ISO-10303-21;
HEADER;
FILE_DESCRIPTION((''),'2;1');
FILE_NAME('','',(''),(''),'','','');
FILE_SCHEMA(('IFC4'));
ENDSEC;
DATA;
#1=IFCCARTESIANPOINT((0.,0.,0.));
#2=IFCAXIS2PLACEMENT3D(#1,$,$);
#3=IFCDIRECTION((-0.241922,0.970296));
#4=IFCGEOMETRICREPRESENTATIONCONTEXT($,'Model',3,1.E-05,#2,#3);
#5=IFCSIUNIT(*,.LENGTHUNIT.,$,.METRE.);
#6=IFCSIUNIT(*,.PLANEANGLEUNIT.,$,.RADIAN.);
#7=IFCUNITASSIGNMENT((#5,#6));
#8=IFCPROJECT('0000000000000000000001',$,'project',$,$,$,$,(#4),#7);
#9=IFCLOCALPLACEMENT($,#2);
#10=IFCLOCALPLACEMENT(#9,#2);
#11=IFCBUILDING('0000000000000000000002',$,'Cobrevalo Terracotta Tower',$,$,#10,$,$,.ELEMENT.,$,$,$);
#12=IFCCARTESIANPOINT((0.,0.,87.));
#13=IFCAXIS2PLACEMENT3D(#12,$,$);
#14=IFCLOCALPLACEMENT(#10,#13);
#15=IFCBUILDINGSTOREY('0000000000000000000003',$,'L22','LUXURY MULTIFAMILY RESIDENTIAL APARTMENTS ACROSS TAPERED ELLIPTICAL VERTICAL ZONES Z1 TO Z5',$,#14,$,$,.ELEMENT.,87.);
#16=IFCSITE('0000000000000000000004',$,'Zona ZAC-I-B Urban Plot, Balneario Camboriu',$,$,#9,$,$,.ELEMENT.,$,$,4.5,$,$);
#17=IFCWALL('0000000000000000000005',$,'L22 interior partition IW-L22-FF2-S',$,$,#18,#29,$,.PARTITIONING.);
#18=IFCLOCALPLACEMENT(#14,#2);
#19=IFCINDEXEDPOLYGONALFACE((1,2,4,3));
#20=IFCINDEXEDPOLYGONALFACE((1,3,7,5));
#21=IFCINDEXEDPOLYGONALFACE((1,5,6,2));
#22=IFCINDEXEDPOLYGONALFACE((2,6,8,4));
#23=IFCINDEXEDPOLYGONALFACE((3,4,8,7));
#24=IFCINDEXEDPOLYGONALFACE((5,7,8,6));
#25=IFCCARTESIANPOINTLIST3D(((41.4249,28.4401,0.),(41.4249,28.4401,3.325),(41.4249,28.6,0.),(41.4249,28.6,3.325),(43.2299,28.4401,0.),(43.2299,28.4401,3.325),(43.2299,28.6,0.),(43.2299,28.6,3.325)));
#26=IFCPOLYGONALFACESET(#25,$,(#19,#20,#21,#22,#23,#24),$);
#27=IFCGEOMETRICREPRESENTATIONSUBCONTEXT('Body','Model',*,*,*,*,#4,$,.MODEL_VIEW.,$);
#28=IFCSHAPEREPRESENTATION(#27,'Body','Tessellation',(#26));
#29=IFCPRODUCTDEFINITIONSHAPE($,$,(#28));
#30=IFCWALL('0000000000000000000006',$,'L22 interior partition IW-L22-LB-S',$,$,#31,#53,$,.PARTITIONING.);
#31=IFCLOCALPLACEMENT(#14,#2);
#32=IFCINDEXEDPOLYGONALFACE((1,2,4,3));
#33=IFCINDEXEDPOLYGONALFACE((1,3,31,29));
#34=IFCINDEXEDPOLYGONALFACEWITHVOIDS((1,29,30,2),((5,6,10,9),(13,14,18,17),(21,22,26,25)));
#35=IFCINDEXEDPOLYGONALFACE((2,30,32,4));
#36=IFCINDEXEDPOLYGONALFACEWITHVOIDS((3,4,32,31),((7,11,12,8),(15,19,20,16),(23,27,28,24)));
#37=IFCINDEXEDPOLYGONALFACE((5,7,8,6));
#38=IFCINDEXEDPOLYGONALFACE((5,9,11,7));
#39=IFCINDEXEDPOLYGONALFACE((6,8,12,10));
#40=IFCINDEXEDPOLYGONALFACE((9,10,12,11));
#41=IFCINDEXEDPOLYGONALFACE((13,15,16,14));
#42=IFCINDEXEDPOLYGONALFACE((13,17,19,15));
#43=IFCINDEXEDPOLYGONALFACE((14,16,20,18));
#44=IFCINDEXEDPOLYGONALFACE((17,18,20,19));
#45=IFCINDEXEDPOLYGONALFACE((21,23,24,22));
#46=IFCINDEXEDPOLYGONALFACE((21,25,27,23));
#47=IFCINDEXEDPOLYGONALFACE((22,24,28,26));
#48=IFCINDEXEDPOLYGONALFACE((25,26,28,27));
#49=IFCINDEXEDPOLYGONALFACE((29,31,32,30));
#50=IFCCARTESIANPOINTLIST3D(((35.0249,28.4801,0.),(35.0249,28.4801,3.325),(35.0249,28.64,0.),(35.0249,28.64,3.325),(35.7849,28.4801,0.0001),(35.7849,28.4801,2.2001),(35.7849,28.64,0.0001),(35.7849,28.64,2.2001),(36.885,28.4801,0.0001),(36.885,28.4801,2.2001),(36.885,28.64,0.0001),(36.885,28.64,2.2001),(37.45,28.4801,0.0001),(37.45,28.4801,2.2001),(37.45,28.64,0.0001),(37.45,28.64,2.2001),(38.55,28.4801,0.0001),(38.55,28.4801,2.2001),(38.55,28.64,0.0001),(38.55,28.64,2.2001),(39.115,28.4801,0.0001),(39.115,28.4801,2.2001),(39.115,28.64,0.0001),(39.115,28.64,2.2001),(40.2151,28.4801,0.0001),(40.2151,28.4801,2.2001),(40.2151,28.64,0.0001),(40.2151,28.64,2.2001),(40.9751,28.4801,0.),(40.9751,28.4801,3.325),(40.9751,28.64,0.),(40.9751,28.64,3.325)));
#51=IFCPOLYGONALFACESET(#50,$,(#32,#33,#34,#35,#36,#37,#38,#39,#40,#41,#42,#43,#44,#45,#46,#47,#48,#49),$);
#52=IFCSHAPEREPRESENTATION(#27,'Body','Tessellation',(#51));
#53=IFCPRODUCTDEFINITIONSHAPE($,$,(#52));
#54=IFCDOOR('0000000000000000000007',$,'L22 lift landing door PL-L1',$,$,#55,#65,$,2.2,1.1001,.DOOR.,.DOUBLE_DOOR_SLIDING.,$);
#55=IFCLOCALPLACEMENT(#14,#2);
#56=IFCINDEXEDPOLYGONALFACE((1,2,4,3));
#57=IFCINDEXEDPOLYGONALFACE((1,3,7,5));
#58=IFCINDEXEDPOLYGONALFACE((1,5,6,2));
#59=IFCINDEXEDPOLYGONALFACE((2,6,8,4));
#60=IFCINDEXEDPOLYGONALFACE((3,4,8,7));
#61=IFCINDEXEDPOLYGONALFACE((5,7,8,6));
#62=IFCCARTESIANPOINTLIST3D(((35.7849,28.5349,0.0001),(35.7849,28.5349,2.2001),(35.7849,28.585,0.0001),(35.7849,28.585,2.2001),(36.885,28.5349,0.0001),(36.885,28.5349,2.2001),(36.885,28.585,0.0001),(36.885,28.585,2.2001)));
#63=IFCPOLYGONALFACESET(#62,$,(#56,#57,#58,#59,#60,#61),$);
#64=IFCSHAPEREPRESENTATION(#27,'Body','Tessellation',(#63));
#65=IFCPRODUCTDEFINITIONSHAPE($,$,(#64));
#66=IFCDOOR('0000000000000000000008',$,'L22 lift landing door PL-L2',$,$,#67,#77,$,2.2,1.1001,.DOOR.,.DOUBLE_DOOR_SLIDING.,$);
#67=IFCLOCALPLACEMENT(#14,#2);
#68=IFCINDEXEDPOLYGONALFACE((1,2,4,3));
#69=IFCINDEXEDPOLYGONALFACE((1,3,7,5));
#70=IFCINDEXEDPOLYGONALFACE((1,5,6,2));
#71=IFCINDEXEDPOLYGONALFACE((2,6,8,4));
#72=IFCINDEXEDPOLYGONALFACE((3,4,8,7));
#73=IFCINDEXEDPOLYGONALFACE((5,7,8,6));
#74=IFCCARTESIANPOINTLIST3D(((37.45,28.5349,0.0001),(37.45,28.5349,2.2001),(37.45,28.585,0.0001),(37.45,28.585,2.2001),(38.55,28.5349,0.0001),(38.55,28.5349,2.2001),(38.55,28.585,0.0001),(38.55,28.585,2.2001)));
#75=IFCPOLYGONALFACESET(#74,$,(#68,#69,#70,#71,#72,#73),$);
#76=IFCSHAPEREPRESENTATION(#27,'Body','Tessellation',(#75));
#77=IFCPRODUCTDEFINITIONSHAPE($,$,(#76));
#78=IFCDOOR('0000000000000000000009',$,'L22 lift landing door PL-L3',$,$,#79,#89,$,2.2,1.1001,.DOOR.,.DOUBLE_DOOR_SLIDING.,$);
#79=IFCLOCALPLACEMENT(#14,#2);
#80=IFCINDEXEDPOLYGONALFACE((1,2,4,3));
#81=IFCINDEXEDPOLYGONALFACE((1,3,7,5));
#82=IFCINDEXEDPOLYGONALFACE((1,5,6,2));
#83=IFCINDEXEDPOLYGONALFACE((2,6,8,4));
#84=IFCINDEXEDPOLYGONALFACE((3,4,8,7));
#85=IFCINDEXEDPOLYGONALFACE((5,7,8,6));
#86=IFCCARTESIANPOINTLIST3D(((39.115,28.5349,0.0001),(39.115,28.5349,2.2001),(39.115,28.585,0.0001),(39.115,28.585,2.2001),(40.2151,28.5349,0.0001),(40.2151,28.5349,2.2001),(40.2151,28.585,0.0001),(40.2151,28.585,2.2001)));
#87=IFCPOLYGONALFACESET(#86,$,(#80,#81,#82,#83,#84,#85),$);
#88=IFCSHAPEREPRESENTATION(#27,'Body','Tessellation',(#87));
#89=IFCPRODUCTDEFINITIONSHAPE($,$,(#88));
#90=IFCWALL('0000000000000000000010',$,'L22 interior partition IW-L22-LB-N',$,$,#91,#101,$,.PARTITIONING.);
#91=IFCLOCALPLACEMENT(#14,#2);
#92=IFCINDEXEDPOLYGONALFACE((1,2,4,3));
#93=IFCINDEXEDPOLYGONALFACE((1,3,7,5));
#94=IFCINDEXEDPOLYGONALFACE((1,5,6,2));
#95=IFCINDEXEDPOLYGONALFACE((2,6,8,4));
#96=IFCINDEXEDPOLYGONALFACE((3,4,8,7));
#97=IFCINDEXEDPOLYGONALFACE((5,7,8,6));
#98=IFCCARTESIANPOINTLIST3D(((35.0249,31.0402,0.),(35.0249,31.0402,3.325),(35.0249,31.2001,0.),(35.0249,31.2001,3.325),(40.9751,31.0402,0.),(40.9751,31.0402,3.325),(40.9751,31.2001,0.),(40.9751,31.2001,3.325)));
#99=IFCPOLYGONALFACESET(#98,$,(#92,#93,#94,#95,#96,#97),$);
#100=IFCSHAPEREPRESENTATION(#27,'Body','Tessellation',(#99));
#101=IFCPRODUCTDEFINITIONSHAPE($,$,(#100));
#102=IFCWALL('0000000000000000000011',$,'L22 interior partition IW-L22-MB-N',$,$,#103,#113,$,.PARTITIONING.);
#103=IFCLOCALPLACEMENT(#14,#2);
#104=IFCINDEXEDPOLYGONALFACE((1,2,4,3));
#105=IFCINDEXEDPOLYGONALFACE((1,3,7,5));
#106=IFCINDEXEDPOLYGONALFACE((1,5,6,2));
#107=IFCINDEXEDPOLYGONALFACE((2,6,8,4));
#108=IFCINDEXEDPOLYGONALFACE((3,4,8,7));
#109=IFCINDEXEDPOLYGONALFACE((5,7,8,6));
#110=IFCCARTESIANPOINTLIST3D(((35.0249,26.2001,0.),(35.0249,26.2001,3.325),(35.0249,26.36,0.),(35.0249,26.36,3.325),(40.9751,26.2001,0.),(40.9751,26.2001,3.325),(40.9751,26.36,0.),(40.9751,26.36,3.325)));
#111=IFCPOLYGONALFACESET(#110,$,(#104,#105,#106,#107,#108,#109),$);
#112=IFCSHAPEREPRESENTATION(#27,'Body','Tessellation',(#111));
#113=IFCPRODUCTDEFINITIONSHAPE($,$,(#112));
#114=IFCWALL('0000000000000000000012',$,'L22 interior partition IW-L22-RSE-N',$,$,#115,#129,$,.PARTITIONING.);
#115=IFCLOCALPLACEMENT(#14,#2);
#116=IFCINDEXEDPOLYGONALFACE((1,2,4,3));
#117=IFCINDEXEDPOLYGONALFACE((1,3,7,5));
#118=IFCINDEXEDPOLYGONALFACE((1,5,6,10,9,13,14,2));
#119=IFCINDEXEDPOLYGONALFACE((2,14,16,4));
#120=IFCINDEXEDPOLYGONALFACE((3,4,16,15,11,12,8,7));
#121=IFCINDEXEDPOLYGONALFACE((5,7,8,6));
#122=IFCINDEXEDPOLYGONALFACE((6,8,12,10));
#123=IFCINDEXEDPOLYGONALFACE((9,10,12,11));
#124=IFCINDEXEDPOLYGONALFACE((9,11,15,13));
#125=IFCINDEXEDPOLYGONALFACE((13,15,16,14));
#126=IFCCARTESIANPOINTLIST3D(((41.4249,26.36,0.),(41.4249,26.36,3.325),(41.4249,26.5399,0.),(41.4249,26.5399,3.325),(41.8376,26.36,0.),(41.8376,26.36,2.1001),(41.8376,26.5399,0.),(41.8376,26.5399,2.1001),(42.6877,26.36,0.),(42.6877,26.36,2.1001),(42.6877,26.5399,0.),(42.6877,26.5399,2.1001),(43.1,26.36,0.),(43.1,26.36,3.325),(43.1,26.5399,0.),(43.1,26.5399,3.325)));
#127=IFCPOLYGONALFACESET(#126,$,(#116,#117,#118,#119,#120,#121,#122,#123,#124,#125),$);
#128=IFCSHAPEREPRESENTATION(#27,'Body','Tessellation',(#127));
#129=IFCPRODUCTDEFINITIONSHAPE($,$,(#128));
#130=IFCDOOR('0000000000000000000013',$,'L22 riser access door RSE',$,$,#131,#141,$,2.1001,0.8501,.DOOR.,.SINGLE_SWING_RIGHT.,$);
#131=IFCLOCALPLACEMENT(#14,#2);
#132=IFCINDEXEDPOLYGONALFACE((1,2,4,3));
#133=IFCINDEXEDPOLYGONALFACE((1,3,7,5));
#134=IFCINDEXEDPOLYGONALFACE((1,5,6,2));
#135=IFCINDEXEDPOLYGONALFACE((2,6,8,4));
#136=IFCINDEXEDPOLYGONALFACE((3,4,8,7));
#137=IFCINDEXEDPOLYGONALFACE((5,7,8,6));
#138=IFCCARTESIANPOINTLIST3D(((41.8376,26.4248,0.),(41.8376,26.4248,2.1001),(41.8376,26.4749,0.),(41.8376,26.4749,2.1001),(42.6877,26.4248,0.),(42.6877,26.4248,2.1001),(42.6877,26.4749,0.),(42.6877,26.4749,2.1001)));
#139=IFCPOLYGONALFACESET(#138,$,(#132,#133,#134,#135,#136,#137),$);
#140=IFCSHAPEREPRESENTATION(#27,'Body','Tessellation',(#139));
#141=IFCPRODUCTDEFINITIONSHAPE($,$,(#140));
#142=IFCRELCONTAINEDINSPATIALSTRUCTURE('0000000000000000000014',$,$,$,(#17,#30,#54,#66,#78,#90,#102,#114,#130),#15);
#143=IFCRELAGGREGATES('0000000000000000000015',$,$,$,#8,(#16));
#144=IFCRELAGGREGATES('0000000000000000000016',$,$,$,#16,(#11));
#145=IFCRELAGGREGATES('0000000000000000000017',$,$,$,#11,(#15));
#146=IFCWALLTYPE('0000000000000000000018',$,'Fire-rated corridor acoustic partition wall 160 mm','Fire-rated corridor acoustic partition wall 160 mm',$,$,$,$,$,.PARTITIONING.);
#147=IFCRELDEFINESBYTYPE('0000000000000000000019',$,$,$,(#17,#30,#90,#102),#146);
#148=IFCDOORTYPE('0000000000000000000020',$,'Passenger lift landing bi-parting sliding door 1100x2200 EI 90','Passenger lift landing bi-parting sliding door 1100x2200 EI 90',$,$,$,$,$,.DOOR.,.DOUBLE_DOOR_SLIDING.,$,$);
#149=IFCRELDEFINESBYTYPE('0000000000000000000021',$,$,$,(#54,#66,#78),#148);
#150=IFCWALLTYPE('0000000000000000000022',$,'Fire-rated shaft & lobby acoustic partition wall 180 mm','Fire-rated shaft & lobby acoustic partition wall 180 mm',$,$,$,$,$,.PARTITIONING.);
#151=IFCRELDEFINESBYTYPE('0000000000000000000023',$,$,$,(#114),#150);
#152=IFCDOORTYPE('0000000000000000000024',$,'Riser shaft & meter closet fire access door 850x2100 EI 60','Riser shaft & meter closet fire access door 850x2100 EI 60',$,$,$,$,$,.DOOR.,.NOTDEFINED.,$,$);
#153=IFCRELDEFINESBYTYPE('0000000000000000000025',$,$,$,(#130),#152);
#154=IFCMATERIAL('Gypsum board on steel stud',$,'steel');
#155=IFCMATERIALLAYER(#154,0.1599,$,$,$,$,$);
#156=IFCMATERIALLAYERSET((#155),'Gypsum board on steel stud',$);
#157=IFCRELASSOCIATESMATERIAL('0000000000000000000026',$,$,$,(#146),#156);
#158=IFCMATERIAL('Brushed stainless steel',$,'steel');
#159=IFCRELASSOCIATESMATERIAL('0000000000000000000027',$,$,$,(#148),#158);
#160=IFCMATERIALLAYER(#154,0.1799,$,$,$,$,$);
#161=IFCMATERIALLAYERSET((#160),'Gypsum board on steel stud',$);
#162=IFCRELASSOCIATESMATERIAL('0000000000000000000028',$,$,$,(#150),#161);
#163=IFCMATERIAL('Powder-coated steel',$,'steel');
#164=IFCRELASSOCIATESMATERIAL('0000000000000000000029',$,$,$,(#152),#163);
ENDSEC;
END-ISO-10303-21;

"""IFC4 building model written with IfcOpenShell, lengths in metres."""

from ifc_helpers import new_model, si_unit, direction, frame, frame_2d, origin, place, context, subcontext, project, spatial, rectangle, extrude, source, transform, mapped, material, layer, layer_set, type_object, element, fill, save


model = new_model("IFC4")

# Units and contexts
model_context = context("Model", 3, precision=1e-05, world=origin(), true_north=direction((-0.241922, 0.970296)))
body_context = subcontext(model_context, "Body", "Model", "MODEL_VIEW")
ifc_project = project(units=[si_unit("LENGTHUNIT", "METRE"), si_unit("PLANEANGLEUNIT", "RADIAN")], contexts=[model_context])

# Site, building, storey
site_placement = place(None, origin())
site = spatial("IfcSite", under=ifc_project, at=site_placement, Name="Zona ZAC-I-B Urban Plot, Balneario Camboriu", CompositionType="ELEMENT", RefElevation=4.5)
building_placement = place(site_placement, origin())
building = spatial("IfcBuilding", under=site, at=building_placement, Name="Cobrevalo Terracotta Tower", CompositionType="ELEMENT")
storey_placement = place(building_placement, frame((0.0, 0.0, 87.0)))
storey = spatial("IfcBuildingStorey", under=building, at=storey_placement, Name="L22", Description="LUXURY MULTIFAMILY RESIDENTIAL APARTMENTS ACROSS TAPERED ELLIPTICAL VERTICAL ZONES Z1 TO Z5", CompositionType="ELEMENT", Elevation=87.0)

# Wall
ifc_material_1 = material(Name="Gypsum board on steel stud", Category="steel")
ifc_layer_1 = layer(ifc_material_1, 0.1599)
ifc_layer_set_1 = layer_set([ifc_layer_1], Name="Gypsum board on steel stud")
wall_type_1 = type_object("IfcWallType", Name="Fire-rated corridor acoustic partition wall 160 mm", Description="Fire-rated corridor acoustic partition wall 160 mm", PredefinedType="PARTITIONING", material=ifc_layer_set_1)
wall_1_placement = place(storey_placement, frame((41.425, 28.52, 0.0), z_axis=(0.0, 0.0, 1.0), x_axis=(1.0, 0.0, 0.0)))
element("IfcWall", 1, at=wall_1_placement, inside=storey, type_object=wall_type_1, Name="L22 interior partition IW-L22-FF2-S", PredefinedType="PARTITIONING", context=body_context, shape_type="SweptSolid", body=[
    extrude(rectangle(XDim=1.8049, YDim=0.1599, at=frame_2d((0.9023, 0.0))), origin(), (0.0, 0.0, 1.0), 3.325),
])

# Wall, openings, doors
wall_2_placement = place(storey_placement, frame((35.0249, 28.5601, 0.0), z_axis=(0.0, 0.0, 1.0), x_axis=(1.0, 0.0, 0.0)))
wall_2 = element("IfcWall", 2, at=wall_2_placement, inside=storey, type_object=wall_type_1, Name="L22 interior partition IW-L22-LB-S", PredefinedType="PARTITIONING", context=body_context, shape_type="SweptSolid", body=[
    extrude(rectangle(XDim=5.9502, YDim=0.1599, at=frame_2d((2.9751, 0.0))), origin(), (0.0, 0.0, 1.0), 3.325),
])
opening_1_placement = place(wall_2_placement, frame((0.76, 0.0, 0.0)))
opening_1 = element("IfcOpeningElement", 3, at=opening_1_placement, cuts=wall_2, PredefinedType="OPENING", context=body_context, shape_type="SweptSolid", body=[
    extrude(rectangle(XDim=1.1001, YDim=2.2, at=frame_2d((0.55, 1.1001))), frame((0.0, 0.0898, 0.0), z_axis=(0.0, -1.0, 0.0), x_axis=(1.0, 0.0, 0.0)), (0.0, 0.0, 1.0), 0.1799),
])
opening_2_placement = place(wall_2_placement, frame((2.425, 0.0, 0.0)))
opening_2 = element("IfcOpeningElement", 4, at=opening_2_placement, cuts=wall_2, PredefinedType="OPENING", context=body_context, shape_type="SweptSolid", body=[
    extrude(rectangle(XDim=1.1001, YDim=2.2, at=frame_2d((0.55, 1.1001))), frame((0.0, 0.0898, 0.0), z_axis=(0.0, -1.0, 0.0), x_axis=(1.0, 0.0, 0.0)), (0.0, 0.0, 1.0), 0.1799),
])
opening_3_placement = place(wall_2_placement, frame((4.0901, 0.0, 0.0)))
opening_3 = element("IfcOpeningElement", 5, at=opening_3_placement, cuts=wall_2, PredefinedType="OPENING", context=body_context, shape_type="SweptSolid", body=[
    extrude(rectangle(XDim=1.1001, YDim=2.2, at=frame_2d((0.55, 1.1001))), frame((0.0, 0.0898, 0.0), z_axis=(0.0, -1.0, 0.0), x_axis=(1.0, 0.0, 0.0)), (0.0, 0.0, 1.0), 0.1799),
])
ifc_material_2 = material(Name="Brushed stainless steel", Category="steel")
door_type_1 = type_object("IfcDoorType", Name="Passenger lift landing bi-parting sliding door 1100x2200 EI 90", Description="Passenger lift landing bi-parting sliding door 1100x2200 EI 90", OperationType="DOUBLE_DOOR_SLIDING", PredefinedType="DOOR", material=ifc_material_2)
shared_shape_1 = source(origin(), body_context, "Body", "SweptSolid", [
    extrude(rectangle(XDim=1.1001, YDim=2.2, at=frame_2d((0.55, 1.1001))), frame((0.0, 0.0249, 0.0), z_axis=(0.0, -1.0, 0.0), x_axis=(1.0, 0.0, 0.0)), (0.0, 0.0, 1.0), 0.05),
])
door_1_placement = place(opening_1_placement, origin())
door_1 = element("IfcDoor", 6, at=door_1_placement, inside=storey, type_object=door_type_1, Name="L22 lift landing door PL-L1", OperationType="DOUBLE_DOOR_SLIDING", OverallHeight=2.2, OverallWidth=1.1001, PredefinedType="DOOR", context=body_context, shape_type="MappedRepresentation", body=[
    mapped(shared_shape_1, transform((0.0, 0.0, 0.0), scale=1.0)),
])
fill(opening_1, door_1)
door_2_placement = place(opening_2_placement, origin())
door_2 = element("IfcDoor", 7, at=door_2_placement, inside=storey, type_object=door_type_1, Name="L22 lift landing door PL-L2", OperationType="DOUBLE_DOOR_SLIDING", OverallHeight=2.2, OverallWidth=1.1001, PredefinedType="DOOR", context=body_context, shape_type="MappedRepresentation", body=[
    mapped(shared_shape_1, transform((0.0, 0.0, 0.0), scale=1.0)),
])
fill(opening_2, door_2)
door_3_placement = place(opening_3_placement, origin())
door_3 = element("IfcDoor", 8, at=door_3_placement, inside=storey, type_object=door_type_1, Name="L22 lift landing door PL-L3", OperationType="DOUBLE_DOOR_SLIDING", OverallHeight=2.2, OverallWidth=1.1001, PredefinedType="DOOR", context=body_context, shape_type="MappedRepresentation", body=[
    mapped(shared_shape_1, transform((0.0, 0.0, 0.0), scale=1.0)),
])
fill(opening_3, door_3)

# Walls
for number, where, z_axis, x_axis, name in (
    (9, (35.0249, 31.1201, 0.0), (0.0, 0.0, 1.0), (1.0, 0.0, 0.0), "L22 interior partition IW-L22-LB-N"),
    (10, (35.0249, 26.28, 0.0), (0.0, 0.0, 1.0), (1.0, 0.0, 0.0), "L22 interior partition IW-L22-MB-N"),
):
    element("IfcWall", number, at=place(storey_placement, frame(where, z_axis=z_axis, x_axis=x_axis)), inside=storey, type_object=wall_type_1, Name=name, PredefinedType="PARTITIONING", context=body_context, shape_type="SweptSolid", body=[
        extrude(rectangle(XDim=5.9502, YDim=0.1599, at=frame_2d((2.9751, 0.0))), origin(), (0.0, 0.0, 1.0), 3.325),
    ])

# Wall, opening, door
ifc_layer_2 = layer(ifc_material_1, 0.1799)
ifc_layer_set_2 = layer_set([ifc_layer_2], Name="Gypsum board on steel stud")
wall_type_2 = type_object("IfcWallType", Name="Fire-rated shaft & lobby acoustic partition wall 180 mm", Description="Fire-rated shaft & lobby acoustic partition wall 180 mm", PredefinedType="PARTITIONING", material=ifc_layer_set_2)
wall_3_placement = place(storey_placement, frame((41.425, 26.45, 0.0), z_axis=(0.0, 0.0, 1.0), x_axis=(1.0, 0.0, 0.0)))
wall_3 = element("IfcWall", 11, at=wall_3_placement, inside=storey, type_object=wall_type_2, Name="L22 interior partition IW-L22-RSE-N", PredefinedType="PARTITIONING", context=body_context, shape_type="SweptSolid", body=[
    extrude(rectangle(XDim=1.675, YDim=0.1799, at=frame_2d((0.8374, 0.0))), origin(), (0.0, 0.0, 1.0), 3.325),
])
opening_4_placement = place(wall_3_placement, frame((0.4126, 0.0, 0.0)))
opening_4 = element("IfcOpeningElement", 12, at=opening_4_placement, cuts=wall_3, PredefinedType="OPENING", context=body_context, shape_type="SweptSolid", body=[
    extrude(rectangle(XDim=0.8501, YDim=2.1001, at=frame_2d((0.425, 1.05))), frame((0.0, 0.1001, 0.0), z_axis=(0.0, -1.0, 0.0), x_axis=(1.0, 0.0, 0.0)), (0.0, 0.0, 1.0), 0.2),
])
ifc_material_3 = material(Name="Powder-coated steel", Category="steel")
door_type_2 = type_object("IfcDoorType", Name="Riser shaft & meter closet fire access door 850x2100 EI 60", Description="Riser shaft & meter closet fire access door 850x2100 EI 60", OperationType="NOTDEFINED", PredefinedType="DOOR", material=ifc_material_3)
shared_shape_2 = source(origin(), body_context, "Body", "SweptSolid", [
    extrude(rectangle(XDim=0.8501, YDim=2.1001, at=frame_2d((0.425, 1.05))), frame((0.0, 0.0249, 0.0), z_axis=(0.0, -1.0, 0.0), x_axis=(1.0, 0.0, 0.0)), (0.0, 0.0, 1.0), 0.05),
])
door_4_placement = place(opening_4_placement, origin())
door_4 = element("IfcDoor", 13, at=door_4_placement, inside=storey, type_object=door_type_2, Name="L22 riser access door RSE", OperationType="SINGLE_SWING_RIGHT", OverallHeight=2.1001, OverallWidth=0.8501, PredefinedType="DOOR", context=body_context, shape_type="MappedRepresentation", body=[
    mapped(shared_shape_2, transform((0.0, 0.0, 0.0), scale=1.0)),
])
fill(opening_4, door_4)

save(model, "model.ifc")
